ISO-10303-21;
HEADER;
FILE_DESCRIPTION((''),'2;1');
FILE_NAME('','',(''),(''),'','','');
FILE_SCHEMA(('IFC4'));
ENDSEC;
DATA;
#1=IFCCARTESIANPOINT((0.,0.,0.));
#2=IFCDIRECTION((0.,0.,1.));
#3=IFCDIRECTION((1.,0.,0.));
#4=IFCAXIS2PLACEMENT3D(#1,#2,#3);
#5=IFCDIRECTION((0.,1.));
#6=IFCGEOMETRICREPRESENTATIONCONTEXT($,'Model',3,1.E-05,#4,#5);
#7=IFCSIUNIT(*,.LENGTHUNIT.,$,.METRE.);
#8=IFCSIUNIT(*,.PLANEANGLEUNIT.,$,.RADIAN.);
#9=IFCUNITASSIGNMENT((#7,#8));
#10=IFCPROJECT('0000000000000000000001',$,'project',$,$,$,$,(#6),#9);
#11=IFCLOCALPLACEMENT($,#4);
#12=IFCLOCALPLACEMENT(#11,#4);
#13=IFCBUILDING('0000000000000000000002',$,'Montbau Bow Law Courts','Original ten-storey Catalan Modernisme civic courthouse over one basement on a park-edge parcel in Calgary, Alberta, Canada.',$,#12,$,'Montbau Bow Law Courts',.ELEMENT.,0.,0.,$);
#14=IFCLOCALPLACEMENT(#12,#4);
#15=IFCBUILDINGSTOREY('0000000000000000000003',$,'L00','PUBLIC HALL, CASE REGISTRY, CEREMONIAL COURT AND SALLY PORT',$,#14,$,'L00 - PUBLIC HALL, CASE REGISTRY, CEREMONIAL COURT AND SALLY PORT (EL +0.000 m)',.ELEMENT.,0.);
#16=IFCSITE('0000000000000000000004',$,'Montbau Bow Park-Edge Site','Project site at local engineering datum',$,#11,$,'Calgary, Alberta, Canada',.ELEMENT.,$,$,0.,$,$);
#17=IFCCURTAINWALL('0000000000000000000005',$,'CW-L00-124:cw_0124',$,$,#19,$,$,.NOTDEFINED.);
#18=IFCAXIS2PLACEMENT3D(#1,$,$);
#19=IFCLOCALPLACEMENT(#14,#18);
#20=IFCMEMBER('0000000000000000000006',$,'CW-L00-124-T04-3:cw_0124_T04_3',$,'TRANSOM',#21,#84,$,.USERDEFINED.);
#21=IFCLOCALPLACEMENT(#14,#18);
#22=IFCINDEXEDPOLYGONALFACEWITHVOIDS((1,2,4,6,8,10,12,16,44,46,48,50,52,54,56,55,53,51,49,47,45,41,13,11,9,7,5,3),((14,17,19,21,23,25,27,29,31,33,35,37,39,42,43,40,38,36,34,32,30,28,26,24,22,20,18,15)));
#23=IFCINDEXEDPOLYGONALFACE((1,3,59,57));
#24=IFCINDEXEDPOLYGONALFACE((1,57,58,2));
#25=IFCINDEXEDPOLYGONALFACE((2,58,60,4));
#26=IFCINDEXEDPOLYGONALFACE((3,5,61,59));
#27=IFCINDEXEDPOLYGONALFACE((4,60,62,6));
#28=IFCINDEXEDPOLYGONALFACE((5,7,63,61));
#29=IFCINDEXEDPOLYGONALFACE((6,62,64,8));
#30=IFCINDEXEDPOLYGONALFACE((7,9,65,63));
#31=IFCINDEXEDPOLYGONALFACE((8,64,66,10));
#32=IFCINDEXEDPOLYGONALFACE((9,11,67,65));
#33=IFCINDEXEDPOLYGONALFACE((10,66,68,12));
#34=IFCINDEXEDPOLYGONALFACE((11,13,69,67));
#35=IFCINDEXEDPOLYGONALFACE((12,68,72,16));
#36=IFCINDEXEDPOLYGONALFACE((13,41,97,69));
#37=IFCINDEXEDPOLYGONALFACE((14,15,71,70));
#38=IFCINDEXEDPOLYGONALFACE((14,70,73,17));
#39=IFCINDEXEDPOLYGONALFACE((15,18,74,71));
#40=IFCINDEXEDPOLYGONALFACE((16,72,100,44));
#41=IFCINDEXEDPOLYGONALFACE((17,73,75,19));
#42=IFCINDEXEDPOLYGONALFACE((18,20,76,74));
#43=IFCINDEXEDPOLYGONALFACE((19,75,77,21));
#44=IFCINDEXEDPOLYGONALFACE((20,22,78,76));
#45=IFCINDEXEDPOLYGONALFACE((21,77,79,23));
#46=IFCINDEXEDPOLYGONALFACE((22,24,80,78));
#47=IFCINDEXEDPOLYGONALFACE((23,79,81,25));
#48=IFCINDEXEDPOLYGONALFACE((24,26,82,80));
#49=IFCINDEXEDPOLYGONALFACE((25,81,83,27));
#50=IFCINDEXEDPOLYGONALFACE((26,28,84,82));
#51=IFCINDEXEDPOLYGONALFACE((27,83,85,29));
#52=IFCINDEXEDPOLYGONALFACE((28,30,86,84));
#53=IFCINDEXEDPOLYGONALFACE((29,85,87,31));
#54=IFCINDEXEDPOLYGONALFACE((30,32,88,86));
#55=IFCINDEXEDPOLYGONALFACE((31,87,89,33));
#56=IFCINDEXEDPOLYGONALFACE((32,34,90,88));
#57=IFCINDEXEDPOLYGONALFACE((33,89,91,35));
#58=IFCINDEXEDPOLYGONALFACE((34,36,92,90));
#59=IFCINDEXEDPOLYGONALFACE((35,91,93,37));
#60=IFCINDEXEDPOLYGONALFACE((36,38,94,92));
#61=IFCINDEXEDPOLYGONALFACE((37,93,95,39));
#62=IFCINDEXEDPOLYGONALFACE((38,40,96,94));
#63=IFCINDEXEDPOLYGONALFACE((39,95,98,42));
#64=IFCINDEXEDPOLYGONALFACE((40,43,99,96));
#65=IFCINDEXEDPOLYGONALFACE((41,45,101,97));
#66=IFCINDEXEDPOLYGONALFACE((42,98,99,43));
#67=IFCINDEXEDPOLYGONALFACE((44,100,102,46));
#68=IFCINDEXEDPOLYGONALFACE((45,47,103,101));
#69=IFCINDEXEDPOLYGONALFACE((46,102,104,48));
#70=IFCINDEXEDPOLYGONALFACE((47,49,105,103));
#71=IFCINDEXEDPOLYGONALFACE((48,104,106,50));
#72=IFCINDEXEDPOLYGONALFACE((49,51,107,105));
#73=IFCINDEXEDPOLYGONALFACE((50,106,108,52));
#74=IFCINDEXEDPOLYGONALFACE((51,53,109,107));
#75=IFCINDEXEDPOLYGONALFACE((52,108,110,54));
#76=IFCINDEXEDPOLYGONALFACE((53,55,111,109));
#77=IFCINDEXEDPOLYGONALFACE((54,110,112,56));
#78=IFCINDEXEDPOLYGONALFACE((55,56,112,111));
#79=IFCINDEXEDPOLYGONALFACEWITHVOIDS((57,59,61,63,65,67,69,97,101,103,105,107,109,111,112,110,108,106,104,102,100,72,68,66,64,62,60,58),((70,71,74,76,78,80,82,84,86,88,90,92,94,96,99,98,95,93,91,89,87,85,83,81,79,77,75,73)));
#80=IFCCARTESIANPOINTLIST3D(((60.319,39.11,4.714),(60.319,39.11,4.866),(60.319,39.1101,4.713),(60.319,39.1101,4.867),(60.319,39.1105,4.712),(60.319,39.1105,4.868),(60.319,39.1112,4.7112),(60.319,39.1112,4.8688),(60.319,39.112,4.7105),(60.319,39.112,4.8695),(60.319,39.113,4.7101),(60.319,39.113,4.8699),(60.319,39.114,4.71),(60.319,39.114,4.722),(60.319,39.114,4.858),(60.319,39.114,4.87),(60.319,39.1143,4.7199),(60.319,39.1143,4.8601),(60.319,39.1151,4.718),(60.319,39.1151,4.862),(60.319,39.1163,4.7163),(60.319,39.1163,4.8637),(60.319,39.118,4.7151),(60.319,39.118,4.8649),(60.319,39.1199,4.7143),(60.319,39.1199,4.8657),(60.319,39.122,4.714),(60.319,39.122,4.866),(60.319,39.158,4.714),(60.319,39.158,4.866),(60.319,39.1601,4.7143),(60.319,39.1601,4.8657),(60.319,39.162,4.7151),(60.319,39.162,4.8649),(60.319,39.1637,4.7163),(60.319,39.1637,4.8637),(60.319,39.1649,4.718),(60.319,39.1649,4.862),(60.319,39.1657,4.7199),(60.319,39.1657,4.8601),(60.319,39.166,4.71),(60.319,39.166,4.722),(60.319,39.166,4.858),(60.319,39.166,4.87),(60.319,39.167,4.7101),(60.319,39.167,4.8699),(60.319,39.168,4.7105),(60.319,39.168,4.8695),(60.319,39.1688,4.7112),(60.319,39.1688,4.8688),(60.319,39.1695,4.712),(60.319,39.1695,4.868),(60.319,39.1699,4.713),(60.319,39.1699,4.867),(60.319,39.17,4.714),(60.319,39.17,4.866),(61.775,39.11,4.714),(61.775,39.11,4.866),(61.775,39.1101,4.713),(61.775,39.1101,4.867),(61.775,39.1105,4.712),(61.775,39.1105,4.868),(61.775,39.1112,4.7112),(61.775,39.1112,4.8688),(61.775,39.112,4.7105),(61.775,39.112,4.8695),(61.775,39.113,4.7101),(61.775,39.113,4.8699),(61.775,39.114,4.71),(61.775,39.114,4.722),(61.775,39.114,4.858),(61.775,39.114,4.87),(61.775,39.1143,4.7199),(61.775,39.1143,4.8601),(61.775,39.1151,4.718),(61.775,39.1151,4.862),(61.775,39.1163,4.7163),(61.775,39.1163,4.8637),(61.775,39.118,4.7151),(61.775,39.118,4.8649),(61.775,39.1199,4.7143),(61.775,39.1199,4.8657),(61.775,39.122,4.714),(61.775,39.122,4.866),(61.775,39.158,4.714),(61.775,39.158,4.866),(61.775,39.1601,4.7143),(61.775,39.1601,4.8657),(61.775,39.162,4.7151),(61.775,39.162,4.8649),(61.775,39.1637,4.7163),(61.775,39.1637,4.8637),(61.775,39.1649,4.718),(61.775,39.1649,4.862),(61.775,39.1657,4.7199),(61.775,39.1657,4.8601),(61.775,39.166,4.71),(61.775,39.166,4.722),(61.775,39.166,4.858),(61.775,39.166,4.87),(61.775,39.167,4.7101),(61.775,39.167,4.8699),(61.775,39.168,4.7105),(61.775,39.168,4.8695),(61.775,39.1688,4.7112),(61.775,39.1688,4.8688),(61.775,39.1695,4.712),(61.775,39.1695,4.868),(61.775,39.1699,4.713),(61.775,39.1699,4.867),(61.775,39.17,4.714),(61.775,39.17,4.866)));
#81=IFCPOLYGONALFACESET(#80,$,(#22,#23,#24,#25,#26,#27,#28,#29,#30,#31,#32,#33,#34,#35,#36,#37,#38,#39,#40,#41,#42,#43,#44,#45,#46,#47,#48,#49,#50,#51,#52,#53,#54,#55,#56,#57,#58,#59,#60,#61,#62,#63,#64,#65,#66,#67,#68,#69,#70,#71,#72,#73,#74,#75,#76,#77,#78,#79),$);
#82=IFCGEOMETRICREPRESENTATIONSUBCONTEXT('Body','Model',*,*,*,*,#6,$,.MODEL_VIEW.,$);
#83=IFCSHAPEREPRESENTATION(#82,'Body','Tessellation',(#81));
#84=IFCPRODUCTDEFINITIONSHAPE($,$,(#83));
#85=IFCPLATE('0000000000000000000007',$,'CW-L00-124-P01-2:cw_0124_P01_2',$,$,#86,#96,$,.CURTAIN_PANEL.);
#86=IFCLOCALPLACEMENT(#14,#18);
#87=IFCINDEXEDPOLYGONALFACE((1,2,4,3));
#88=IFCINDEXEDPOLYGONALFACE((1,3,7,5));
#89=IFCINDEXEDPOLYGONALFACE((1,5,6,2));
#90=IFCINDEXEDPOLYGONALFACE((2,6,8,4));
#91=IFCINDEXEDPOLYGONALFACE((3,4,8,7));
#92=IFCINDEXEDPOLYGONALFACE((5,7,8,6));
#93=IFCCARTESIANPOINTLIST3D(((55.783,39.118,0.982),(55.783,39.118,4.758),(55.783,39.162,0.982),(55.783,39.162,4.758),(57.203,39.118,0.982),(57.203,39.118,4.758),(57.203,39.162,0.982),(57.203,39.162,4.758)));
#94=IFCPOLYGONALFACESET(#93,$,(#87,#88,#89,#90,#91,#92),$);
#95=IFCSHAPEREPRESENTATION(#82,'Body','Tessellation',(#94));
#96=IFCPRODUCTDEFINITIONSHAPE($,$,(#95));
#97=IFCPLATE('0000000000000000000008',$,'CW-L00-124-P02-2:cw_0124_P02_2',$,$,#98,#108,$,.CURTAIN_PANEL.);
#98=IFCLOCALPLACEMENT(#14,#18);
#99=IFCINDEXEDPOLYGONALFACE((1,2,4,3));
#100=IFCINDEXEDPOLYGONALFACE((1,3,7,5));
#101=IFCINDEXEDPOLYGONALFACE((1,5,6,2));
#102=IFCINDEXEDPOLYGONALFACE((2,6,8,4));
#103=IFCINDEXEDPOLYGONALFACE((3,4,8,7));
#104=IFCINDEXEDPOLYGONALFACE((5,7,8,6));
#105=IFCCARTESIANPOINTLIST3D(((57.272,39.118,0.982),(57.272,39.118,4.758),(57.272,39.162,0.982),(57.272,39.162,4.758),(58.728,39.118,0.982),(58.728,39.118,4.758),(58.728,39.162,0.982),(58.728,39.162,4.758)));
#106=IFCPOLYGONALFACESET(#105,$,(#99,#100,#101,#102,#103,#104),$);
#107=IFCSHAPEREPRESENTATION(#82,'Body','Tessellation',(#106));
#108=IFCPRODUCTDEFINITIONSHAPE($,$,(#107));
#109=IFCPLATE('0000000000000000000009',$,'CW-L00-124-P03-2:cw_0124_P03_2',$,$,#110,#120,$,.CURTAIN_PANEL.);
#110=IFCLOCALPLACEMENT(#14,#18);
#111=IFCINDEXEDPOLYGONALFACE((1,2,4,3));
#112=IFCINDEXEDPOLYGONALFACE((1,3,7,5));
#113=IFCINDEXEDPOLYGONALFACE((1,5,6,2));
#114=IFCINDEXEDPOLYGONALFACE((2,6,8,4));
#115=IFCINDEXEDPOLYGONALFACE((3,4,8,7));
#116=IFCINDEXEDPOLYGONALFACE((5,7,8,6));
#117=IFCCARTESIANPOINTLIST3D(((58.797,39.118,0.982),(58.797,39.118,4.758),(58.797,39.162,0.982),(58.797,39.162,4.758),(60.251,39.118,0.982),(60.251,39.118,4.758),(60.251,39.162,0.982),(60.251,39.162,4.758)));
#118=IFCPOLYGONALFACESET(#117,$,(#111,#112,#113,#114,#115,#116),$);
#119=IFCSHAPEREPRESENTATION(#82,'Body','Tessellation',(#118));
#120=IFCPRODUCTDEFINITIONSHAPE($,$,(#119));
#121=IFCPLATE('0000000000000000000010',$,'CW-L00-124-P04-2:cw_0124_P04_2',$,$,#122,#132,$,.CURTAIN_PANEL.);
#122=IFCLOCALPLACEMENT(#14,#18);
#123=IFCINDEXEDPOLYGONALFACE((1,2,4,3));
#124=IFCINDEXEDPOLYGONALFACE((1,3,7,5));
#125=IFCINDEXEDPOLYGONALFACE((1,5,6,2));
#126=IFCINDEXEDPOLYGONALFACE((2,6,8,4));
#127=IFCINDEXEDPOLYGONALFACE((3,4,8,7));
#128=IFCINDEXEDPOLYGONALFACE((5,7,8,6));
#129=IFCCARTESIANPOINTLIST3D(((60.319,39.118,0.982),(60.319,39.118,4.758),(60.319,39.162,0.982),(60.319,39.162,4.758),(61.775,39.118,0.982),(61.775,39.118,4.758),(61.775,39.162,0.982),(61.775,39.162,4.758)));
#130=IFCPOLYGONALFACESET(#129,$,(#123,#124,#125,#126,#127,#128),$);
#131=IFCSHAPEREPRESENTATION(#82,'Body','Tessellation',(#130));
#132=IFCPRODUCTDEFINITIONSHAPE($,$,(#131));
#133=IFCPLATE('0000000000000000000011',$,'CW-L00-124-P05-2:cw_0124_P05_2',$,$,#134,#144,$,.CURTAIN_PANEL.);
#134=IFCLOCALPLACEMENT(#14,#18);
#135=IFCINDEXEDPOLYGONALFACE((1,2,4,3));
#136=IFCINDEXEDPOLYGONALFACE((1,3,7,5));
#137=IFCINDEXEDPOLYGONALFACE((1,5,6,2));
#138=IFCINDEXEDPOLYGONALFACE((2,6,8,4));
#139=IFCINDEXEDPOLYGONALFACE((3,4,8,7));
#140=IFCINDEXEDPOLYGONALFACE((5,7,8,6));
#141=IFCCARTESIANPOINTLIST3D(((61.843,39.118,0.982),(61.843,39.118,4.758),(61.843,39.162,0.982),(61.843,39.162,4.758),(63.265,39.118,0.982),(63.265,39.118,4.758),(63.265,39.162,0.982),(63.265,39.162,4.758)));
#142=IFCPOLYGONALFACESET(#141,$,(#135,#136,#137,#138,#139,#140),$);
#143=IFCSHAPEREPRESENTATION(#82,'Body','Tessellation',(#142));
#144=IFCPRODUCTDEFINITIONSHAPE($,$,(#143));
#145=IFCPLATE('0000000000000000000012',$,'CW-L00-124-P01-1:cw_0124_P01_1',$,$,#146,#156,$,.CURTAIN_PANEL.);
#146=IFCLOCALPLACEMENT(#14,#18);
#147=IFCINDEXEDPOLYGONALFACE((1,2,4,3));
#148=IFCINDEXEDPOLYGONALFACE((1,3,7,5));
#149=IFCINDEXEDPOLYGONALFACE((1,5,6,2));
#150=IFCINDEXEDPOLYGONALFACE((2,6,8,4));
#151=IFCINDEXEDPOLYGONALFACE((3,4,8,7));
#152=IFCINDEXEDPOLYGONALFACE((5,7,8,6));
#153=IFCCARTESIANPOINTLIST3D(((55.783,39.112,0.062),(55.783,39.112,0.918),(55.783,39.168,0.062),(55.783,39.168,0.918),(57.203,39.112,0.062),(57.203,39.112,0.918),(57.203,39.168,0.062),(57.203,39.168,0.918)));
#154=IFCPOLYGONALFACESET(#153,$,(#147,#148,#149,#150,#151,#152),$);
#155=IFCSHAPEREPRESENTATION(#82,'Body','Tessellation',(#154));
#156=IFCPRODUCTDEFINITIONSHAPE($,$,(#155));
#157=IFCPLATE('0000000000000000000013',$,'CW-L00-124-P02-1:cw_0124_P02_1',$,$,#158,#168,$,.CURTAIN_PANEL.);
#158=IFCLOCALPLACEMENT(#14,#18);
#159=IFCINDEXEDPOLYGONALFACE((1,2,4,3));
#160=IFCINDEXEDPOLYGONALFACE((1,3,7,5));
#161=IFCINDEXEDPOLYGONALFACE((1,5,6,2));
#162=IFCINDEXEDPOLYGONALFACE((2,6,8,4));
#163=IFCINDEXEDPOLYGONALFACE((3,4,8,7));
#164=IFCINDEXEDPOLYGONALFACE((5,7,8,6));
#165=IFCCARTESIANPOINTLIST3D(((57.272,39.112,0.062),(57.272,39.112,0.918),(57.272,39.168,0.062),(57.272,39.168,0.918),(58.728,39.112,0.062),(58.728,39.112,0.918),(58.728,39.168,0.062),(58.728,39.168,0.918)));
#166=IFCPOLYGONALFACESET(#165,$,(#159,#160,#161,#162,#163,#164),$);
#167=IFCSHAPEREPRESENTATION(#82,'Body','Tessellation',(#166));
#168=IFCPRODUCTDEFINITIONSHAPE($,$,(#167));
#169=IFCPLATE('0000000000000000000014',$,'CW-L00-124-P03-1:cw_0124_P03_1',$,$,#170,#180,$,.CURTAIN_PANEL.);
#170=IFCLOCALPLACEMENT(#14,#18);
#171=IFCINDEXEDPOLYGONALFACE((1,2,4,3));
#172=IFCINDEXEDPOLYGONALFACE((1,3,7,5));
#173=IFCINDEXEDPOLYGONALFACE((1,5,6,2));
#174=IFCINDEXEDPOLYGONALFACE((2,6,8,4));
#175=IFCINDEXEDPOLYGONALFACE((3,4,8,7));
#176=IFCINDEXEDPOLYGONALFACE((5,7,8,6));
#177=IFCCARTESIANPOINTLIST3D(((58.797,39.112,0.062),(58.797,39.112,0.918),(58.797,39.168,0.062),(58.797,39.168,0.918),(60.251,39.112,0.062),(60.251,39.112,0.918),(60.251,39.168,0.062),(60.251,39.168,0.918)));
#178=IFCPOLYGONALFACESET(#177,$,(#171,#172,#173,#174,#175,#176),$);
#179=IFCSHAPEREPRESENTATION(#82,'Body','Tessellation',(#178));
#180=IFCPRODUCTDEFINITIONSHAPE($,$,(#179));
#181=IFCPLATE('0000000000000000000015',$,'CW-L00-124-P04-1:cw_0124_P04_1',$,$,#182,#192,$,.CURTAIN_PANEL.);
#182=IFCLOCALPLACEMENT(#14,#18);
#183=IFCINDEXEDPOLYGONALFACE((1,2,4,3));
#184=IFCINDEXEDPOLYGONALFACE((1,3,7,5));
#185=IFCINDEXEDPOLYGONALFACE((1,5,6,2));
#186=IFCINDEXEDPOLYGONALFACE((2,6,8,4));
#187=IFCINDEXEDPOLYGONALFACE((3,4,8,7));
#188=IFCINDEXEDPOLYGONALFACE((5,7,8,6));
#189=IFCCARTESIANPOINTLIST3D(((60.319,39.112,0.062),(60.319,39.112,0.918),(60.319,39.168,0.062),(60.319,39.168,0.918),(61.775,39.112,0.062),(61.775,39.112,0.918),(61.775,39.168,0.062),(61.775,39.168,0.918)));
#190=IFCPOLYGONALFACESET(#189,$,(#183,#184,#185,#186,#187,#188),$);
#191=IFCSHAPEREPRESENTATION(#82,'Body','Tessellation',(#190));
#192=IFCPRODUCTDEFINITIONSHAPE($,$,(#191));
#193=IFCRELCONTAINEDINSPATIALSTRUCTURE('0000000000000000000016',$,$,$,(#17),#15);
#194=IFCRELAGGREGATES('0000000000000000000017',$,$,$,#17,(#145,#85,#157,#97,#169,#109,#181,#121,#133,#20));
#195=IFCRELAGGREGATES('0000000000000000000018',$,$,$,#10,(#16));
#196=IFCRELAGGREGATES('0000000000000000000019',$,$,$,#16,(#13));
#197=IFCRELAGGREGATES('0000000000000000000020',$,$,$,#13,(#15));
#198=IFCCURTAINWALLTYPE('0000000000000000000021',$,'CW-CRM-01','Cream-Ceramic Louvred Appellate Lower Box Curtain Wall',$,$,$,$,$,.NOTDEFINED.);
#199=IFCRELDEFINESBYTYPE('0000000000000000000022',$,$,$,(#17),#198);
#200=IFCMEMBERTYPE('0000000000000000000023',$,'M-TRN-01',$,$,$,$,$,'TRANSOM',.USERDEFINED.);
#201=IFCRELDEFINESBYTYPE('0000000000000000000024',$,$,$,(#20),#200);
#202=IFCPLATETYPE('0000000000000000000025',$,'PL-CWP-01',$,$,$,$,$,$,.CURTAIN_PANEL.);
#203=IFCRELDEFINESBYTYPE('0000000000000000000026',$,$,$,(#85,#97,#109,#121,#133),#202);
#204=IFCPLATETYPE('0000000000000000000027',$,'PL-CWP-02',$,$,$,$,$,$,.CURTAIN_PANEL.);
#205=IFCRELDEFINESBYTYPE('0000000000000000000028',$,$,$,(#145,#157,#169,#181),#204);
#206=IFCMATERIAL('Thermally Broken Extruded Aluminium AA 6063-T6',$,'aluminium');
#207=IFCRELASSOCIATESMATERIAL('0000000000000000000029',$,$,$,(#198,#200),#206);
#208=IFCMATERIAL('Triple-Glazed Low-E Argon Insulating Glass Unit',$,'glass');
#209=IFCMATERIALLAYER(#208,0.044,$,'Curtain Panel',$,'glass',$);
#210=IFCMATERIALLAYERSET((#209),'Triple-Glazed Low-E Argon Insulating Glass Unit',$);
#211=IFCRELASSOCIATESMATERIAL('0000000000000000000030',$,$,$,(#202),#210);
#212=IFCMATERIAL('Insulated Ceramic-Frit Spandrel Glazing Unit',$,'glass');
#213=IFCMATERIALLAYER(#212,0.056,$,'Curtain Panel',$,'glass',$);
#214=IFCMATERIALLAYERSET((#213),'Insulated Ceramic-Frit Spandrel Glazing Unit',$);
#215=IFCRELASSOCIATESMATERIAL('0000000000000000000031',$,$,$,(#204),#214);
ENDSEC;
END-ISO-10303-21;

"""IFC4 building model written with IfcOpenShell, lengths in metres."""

from ifc_helpers import new_model, si_unit, direction, frame, frame_2d, origin_with_axes, origin_2d_with_axis, place, context, subcontext, project, spatial, rectangle, hollow_rectangle, extrude, material, layer, layer_set, material_profile, profile_set, type_object, element, aggregate, save


model = new_model("IFC4")

# Units and contexts
model_context = context("Model", 3, precision=1e-05, world=origin_with_axes(), true_north=direction((0.0, 1.0)))
body_context = subcontext(model_context, "Body", "Model", "MODEL_VIEW")
ifc_project = project(units=[si_unit("LENGTHUNIT", "METRE"), si_unit("PLANEANGLEUNIT", "RADIAN")], contexts=[model_context])

# Site, building, storey
site_placement = place(None, origin_with_axes())
site = spatial("IfcSite", under=ifc_project, at=site_placement, Name="Montbau Bow Park-Edge Site", Description="Project site at local engineering datum", LongName="Calgary, Alberta, Canada", CompositionType="ELEMENT", RefElevation=0.0)
building_placement = place(site_placement, origin_with_axes())
building = spatial("IfcBuilding", under=site, at=building_placement, Name="Montbau Bow Law Courts", Description="Original ten-storey Catalan Modernisme civic courthouse over one basement on a park-edge parcel in Calgary, Alberta, Canada.", LongName="Montbau Bow Law Courts", CompositionType="ELEMENT", ElevationOfRefHeight=0.0, ElevationOfTerrain=0.0)
storey_placement = place(building_placement, origin_with_axes())
storey = spatial("IfcBuildingStorey", under=building, at=storey_placement, Name="L00", Description="PUBLIC HALL, CASE REGISTRY, CEREMONIAL COURT AND SALLY PORT", LongName="L00 - PUBLIC HALL, CASE REGISTRY, CEREMONIAL COURT AND SALLY PORT (EL +0.000 m)", CompositionType="ELEMENT", Elevation=0.0)

# Curtain wall, member, plates
ifc_material_1 = material(Name="Thermally Broken Extruded Aluminium AA 6063-T6", Category="aluminium")
curtain_wall_type = type_object("IfcCurtainWallType", Name="CW-CRM-01", Description="Cream-Ceramic Louvred Appellate Lower Box Curtain Wall", PredefinedType="NOTDEFINED", material=ifc_material_1)
curtain_wall_placement = place(None, frame((55.715, 39.14, 0.0), z_axis=(0.0, 0.0, 1.0), x_axis=(1.0, 0.0, 0.0)))
curtain_wall = element("IfcCurtainWall", 1, at=curtain_wall_placement, inside=storey, type_object=curtain_wall_type, Name="CW-L00-124:cw_0124", PredefinedType="NOTDEFINED")
ifc_material_profile_1 = material_profile(ifc_material_1, hollow_rectangle(XDim=0.06, YDim=0.16, WallThickness=0.004, InnerFilletRadius=0.008, OuterFilletRadius=0.004, at=origin_2d_with_axis()), Name="CWT-160X60", Category="Main", Priority=0)
ifc_profile_set_1 = profile_set([ifc_material_profile_1], Name="Thermally Broken Extruded Aluminium AA 6063-T6")
member_type_1 = type_object("IfcMemberType", Name="M-TRN-01", ElementType="TRANSOM", PredefinedType="USERDEFINED", material=ifc_profile_set_1)
member_1_placement = place(None, frame((60.319, 39.14, 4.79), z_axis=(1.0, 0.0, 0.0), x_axis=(0.0, 1.0, 0.0)))
member_1 = element("IfcMember", 2, at=member_1_placement, type_object=member_type_1, Name="CW-L00-124-T04-3:cw_0124_T04_3", ObjectType="TRANSOM", PredefinedType="USERDEFINED", context=body_context, shape_type="SweptSolid", body=[
    extrude(hollow_rectangle(XDim=0.06, YDim=0.16, WallThickness=0.004, InnerFilletRadius=0.008, OuterFilletRadius=0.004, at=origin_2d_with_axis()), origin_with_axes(), (0.0, 0.0, 1.0), 1.456),
])
ifc_material_2 = material(Name="Triple-Glazed Low-E Argon Insulating Glass Unit", Category="glass")
ifc_layer_1 = layer(ifc_material_2, 0.044, Name="Curtain Panel", Category="glass")
ifc_layer_set_1 = layer_set([ifc_layer_1], Name="Triple-Glazed Low-E Argon Insulating Glass Unit")
plate_type_1 = type_object("IfcPlateType", Name="PL-CWP-01", PredefinedType="CURTAIN_PANEL", material=ifc_layer_set_1)
plate_1_placement = place(None, frame((55.783, 39.14, 0.982), z_axis=(0.0, -1.0, 0.0), x_axis=(1.0, 0.0, 0.0)))
plate_1 = element("IfcPlate", 3, at=plate_1_placement, type_object=plate_type_1, Name="CW-L00-124-P01-2:cw_0124_P01_2", PredefinedType="CURTAIN_PANEL", context=body_context, shape_type="SweptSolid", body=[
    extrude(rectangle(XDim=1.42, YDim=3.776, at=frame_2d((0.71, 1.888), x_axis=(1.0, 0.0))), frame((0.0, 0.0, -0.022), z_axis=(0.0, 0.0, 1.0), x_axis=(1.0, 0.0, 0.0)), (0.0, 0.0, 1.0), 0.044),
])
plate_2_placement = place(None, frame((57.272, 39.14, 0.982), z_axis=(0.0, -1.0, 0.0), x_axis=(1.0, 0.0, 0.0)))
plate_2 = element("IfcPlate", 4, at=plate_2_placement, type_object=plate_type_1, Name="CW-L00-124-P02-2:cw_0124_P02_2", PredefinedType="CURTAIN_PANEL", context=body_context, shape_type="SweptSolid", body=[
    extrude(rectangle(XDim=1.456, YDim=3.776, at=frame_2d((0.728, 1.888), x_axis=(1.0, 0.0))), frame((0.0, 0.0, -0.022), z_axis=(0.0, 0.0, 1.0), x_axis=(1.0, 0.0, 0.0)), (0.0, 0.0, 1.0), 0.044),
])
plate_3_placement = place(None, frame((58.797, 39.14, 0.982), z_axis=(0.0, -1.0, 0.0), x_axis=(1.0, 0.0, 0.0)))
plate_3 = element("IfcPlate", 5, at=plate_3_placement, type_object=plate_type_1, Name="CW-L00-124-P03-2:cw_0124_P03_2", PredefinedType="CURTAIN_PANEL", context=body_context, shape_type="SweptSolid", body=[
    extrude(rectangle(XDim=1.454, YDim=3.776, at=frame_2d((0.727, 1.888), x_axis=(1.0, 0.0))), frame((0.0, 0.0, -0.022), z_axis=(0.0, 0.0, 1.0), x_axis=(1.0, 0.0, 0.0)), (0.0, 0.0, 1.0), 0.044),
])
plate_4_placement = place(None, frame((60.319, 39.14, 0.982), z_axis=(0.0, -1.0, 0.0), x_axis=(1.0, 0.0, 0.0)))
plate_4 = element("IfcPlate", 6, at=plate_4_placement, type_object=plate_type_1, Name="CW-L00-124-P04-2:cw_0124_P04_2", PredefinedType="CURTAIN_PANEL", context=body_context, shape_type="SweptSolid", body=[
    extrude(rectangle(XDim=1.456, YDim=3.776, at=frame_2d((0.728, 1.888), x_axis=(1.0, 0.0))), frame((0.0, 0.0, -0.022), z_axis=(0.0, 0.0, 1.0), x_axis=(1.0, 0.0, 0.0)), (0.0, 0.0, 1.0), 0.044),
])
plate_5_placement = place(None, frame((61.843, 39.14, 0.982), z_axis=(0.0, -1.0, 0.0), x_axis=(1.0, 0.0, 0.0)))
plate_5 = element("IfcPlate", 7, at=plate_5_placement, type_object=plate_type_1, Name="CW-L00-124-P05-2:cw_0124_P05_2", PredefinedType="CURTAIN_PANEL", context=body_context, shape_type="SweptSolid", body=[
    extrude(rectangle(XDim=1.422, YDim=3.776, at=frame_2d((0.711, 1.888), x_axis=(1.0, 0.0))), frame((0.0, 0.0, -0.022), z_axis=(0.0, 0.0, 1.0), x_axis=(1.0, 0.0, 0.0)), (0.0, 0.0, 1.0), 0.044),
])
ifc_material_3 = material(Name="Insulated Ceramic-Frit Spandrel Glazing Unit", Category="glass")
ifc_layer_2 = layer(ifc_material_3, 0.056, Name="Curtain Panel", Category="glass")
ifc_layer_set_2 = layer_set([ifc_layer_2], Name="Insulated Ceramic-Frit Spandrel Glazing Unit")
plate_type_2 = type_object("IfcPlateType", Name="PL-CWP-02", PredefinedType="CURTAIN_PANEL", material=ifc_layer_set_2)
plate_6_placement = place(None, frame((55.783, 39.14, 0.062), z_axis=(0.0, -1.0, 0.0), x_axis=(1.0, 0.0, 0.0)))
plate_6 = element("IfcPlate", 8, at=plate_6_placement, type_object=plate_type_2, Name="CW-L00-124-P01-1:cw_0124_P01_1", PredefinedType="CURTAIN_PANEL", context=body_context, shape_type="SweptSolid", body=[
    extrude(rectangle(XDim=1.42, YDim=0.856, at=frame_2d((0.71, 0.428), x_axis=(1.0, 0.0))), frame((0.0, 0.0, -0.028), z_axis=(0.0, 0.0, 1.0), x_axis=(1.0, 0.0, 0.0)), (0.0, 0.0, 1.0), 0.056),
])
plate_7_placement = place(None, frame((57.272, 39.14, 0.062), z_axis=(0.0, -1.0, 0.0), x_axis=(1.0, 0.0, 0.0)))
plate_7 = element("IfcPlate", 9, at=plate_7_placement, type_object=plate_type_2, Name="CW-L00-124-P02-1:cw_0124_P02_1", PredefinedType="CURTAIN_PANEL", context=body_context, shape_type="SweptSolid", body=[
    extrude(rectangle(XDim=1.456, YDim=0.856, at=frame_2d((0.728, 0.428), x_axis=(1.0, 0.0))), frame((0.0, 0.0, -0.028), z_axis=(0.0, 0.0, 1.0), x_axis=(1.0, 0.0, 0.0)), (0.0, 0.0, 1.0), 0.056),
])
plate_8_placement = place(None, frame((58.797, 39.14, 0.062), z_axis=(0.0, -1.0, 0.0), x_axis=(1.0, 0.0, 0.0)))
plate_8 = element("IfcPlate", 10, at=plate_8_placement, type_object=plate_type_2, Name="CW-L00-124-P03-1:cw_0124_P03_1", PredefinedType="CURTAIN_PANEL", context=body_context, shape_type="SweptSolid", body=[
    extrude(rectangle(XDim=1.454, YDim=0.856, at=frame_2d((0.727, 0.428), x_axis=(1.0, 0.0))), frame((0.0, 0.0, -0.028), z_axis=(0.0, 0.0, 1.0), x_axis=(1.0, 0.0, 0.0)), (0.0, 0.0, 1.0), 0.056),
])
plate_9_placement = place(None, frame((60.319, 39.14, 0.062), z_axis=(0.0, -1.0, 0.0), x_axis=(1.0, 0.0, 0.0)))
plate_9 = element("IfcPlate", 11, at=plate_9_placement, type_object=plate_type_2, Name="CW-L00-124-P04-1:cw_0124_P04_1", PredefinedType="CURTAIN_PANEL", context=body_context, shape_type="SweptSolid", body=[
    extrude(rectangle(XDim=1.456, YDim=0.856, at=frame_2d((0.728, 0.428), x_axis=(1.0, 0.0))), frame((0.0, 0.0, -0.028), z_axis=(0.0, 0.0, 1.0), x_axis=(1.0, 0.0, 0.0)), (0.0, 0.0, 1.0), 0.056),
])
aggregate(curtain_wall, [plate_6, plate_1, plate_7, plate_2, plate_8, plate_3, plate_9, plate_4, plate_5, member_1])

save(model, "model.ifc")
